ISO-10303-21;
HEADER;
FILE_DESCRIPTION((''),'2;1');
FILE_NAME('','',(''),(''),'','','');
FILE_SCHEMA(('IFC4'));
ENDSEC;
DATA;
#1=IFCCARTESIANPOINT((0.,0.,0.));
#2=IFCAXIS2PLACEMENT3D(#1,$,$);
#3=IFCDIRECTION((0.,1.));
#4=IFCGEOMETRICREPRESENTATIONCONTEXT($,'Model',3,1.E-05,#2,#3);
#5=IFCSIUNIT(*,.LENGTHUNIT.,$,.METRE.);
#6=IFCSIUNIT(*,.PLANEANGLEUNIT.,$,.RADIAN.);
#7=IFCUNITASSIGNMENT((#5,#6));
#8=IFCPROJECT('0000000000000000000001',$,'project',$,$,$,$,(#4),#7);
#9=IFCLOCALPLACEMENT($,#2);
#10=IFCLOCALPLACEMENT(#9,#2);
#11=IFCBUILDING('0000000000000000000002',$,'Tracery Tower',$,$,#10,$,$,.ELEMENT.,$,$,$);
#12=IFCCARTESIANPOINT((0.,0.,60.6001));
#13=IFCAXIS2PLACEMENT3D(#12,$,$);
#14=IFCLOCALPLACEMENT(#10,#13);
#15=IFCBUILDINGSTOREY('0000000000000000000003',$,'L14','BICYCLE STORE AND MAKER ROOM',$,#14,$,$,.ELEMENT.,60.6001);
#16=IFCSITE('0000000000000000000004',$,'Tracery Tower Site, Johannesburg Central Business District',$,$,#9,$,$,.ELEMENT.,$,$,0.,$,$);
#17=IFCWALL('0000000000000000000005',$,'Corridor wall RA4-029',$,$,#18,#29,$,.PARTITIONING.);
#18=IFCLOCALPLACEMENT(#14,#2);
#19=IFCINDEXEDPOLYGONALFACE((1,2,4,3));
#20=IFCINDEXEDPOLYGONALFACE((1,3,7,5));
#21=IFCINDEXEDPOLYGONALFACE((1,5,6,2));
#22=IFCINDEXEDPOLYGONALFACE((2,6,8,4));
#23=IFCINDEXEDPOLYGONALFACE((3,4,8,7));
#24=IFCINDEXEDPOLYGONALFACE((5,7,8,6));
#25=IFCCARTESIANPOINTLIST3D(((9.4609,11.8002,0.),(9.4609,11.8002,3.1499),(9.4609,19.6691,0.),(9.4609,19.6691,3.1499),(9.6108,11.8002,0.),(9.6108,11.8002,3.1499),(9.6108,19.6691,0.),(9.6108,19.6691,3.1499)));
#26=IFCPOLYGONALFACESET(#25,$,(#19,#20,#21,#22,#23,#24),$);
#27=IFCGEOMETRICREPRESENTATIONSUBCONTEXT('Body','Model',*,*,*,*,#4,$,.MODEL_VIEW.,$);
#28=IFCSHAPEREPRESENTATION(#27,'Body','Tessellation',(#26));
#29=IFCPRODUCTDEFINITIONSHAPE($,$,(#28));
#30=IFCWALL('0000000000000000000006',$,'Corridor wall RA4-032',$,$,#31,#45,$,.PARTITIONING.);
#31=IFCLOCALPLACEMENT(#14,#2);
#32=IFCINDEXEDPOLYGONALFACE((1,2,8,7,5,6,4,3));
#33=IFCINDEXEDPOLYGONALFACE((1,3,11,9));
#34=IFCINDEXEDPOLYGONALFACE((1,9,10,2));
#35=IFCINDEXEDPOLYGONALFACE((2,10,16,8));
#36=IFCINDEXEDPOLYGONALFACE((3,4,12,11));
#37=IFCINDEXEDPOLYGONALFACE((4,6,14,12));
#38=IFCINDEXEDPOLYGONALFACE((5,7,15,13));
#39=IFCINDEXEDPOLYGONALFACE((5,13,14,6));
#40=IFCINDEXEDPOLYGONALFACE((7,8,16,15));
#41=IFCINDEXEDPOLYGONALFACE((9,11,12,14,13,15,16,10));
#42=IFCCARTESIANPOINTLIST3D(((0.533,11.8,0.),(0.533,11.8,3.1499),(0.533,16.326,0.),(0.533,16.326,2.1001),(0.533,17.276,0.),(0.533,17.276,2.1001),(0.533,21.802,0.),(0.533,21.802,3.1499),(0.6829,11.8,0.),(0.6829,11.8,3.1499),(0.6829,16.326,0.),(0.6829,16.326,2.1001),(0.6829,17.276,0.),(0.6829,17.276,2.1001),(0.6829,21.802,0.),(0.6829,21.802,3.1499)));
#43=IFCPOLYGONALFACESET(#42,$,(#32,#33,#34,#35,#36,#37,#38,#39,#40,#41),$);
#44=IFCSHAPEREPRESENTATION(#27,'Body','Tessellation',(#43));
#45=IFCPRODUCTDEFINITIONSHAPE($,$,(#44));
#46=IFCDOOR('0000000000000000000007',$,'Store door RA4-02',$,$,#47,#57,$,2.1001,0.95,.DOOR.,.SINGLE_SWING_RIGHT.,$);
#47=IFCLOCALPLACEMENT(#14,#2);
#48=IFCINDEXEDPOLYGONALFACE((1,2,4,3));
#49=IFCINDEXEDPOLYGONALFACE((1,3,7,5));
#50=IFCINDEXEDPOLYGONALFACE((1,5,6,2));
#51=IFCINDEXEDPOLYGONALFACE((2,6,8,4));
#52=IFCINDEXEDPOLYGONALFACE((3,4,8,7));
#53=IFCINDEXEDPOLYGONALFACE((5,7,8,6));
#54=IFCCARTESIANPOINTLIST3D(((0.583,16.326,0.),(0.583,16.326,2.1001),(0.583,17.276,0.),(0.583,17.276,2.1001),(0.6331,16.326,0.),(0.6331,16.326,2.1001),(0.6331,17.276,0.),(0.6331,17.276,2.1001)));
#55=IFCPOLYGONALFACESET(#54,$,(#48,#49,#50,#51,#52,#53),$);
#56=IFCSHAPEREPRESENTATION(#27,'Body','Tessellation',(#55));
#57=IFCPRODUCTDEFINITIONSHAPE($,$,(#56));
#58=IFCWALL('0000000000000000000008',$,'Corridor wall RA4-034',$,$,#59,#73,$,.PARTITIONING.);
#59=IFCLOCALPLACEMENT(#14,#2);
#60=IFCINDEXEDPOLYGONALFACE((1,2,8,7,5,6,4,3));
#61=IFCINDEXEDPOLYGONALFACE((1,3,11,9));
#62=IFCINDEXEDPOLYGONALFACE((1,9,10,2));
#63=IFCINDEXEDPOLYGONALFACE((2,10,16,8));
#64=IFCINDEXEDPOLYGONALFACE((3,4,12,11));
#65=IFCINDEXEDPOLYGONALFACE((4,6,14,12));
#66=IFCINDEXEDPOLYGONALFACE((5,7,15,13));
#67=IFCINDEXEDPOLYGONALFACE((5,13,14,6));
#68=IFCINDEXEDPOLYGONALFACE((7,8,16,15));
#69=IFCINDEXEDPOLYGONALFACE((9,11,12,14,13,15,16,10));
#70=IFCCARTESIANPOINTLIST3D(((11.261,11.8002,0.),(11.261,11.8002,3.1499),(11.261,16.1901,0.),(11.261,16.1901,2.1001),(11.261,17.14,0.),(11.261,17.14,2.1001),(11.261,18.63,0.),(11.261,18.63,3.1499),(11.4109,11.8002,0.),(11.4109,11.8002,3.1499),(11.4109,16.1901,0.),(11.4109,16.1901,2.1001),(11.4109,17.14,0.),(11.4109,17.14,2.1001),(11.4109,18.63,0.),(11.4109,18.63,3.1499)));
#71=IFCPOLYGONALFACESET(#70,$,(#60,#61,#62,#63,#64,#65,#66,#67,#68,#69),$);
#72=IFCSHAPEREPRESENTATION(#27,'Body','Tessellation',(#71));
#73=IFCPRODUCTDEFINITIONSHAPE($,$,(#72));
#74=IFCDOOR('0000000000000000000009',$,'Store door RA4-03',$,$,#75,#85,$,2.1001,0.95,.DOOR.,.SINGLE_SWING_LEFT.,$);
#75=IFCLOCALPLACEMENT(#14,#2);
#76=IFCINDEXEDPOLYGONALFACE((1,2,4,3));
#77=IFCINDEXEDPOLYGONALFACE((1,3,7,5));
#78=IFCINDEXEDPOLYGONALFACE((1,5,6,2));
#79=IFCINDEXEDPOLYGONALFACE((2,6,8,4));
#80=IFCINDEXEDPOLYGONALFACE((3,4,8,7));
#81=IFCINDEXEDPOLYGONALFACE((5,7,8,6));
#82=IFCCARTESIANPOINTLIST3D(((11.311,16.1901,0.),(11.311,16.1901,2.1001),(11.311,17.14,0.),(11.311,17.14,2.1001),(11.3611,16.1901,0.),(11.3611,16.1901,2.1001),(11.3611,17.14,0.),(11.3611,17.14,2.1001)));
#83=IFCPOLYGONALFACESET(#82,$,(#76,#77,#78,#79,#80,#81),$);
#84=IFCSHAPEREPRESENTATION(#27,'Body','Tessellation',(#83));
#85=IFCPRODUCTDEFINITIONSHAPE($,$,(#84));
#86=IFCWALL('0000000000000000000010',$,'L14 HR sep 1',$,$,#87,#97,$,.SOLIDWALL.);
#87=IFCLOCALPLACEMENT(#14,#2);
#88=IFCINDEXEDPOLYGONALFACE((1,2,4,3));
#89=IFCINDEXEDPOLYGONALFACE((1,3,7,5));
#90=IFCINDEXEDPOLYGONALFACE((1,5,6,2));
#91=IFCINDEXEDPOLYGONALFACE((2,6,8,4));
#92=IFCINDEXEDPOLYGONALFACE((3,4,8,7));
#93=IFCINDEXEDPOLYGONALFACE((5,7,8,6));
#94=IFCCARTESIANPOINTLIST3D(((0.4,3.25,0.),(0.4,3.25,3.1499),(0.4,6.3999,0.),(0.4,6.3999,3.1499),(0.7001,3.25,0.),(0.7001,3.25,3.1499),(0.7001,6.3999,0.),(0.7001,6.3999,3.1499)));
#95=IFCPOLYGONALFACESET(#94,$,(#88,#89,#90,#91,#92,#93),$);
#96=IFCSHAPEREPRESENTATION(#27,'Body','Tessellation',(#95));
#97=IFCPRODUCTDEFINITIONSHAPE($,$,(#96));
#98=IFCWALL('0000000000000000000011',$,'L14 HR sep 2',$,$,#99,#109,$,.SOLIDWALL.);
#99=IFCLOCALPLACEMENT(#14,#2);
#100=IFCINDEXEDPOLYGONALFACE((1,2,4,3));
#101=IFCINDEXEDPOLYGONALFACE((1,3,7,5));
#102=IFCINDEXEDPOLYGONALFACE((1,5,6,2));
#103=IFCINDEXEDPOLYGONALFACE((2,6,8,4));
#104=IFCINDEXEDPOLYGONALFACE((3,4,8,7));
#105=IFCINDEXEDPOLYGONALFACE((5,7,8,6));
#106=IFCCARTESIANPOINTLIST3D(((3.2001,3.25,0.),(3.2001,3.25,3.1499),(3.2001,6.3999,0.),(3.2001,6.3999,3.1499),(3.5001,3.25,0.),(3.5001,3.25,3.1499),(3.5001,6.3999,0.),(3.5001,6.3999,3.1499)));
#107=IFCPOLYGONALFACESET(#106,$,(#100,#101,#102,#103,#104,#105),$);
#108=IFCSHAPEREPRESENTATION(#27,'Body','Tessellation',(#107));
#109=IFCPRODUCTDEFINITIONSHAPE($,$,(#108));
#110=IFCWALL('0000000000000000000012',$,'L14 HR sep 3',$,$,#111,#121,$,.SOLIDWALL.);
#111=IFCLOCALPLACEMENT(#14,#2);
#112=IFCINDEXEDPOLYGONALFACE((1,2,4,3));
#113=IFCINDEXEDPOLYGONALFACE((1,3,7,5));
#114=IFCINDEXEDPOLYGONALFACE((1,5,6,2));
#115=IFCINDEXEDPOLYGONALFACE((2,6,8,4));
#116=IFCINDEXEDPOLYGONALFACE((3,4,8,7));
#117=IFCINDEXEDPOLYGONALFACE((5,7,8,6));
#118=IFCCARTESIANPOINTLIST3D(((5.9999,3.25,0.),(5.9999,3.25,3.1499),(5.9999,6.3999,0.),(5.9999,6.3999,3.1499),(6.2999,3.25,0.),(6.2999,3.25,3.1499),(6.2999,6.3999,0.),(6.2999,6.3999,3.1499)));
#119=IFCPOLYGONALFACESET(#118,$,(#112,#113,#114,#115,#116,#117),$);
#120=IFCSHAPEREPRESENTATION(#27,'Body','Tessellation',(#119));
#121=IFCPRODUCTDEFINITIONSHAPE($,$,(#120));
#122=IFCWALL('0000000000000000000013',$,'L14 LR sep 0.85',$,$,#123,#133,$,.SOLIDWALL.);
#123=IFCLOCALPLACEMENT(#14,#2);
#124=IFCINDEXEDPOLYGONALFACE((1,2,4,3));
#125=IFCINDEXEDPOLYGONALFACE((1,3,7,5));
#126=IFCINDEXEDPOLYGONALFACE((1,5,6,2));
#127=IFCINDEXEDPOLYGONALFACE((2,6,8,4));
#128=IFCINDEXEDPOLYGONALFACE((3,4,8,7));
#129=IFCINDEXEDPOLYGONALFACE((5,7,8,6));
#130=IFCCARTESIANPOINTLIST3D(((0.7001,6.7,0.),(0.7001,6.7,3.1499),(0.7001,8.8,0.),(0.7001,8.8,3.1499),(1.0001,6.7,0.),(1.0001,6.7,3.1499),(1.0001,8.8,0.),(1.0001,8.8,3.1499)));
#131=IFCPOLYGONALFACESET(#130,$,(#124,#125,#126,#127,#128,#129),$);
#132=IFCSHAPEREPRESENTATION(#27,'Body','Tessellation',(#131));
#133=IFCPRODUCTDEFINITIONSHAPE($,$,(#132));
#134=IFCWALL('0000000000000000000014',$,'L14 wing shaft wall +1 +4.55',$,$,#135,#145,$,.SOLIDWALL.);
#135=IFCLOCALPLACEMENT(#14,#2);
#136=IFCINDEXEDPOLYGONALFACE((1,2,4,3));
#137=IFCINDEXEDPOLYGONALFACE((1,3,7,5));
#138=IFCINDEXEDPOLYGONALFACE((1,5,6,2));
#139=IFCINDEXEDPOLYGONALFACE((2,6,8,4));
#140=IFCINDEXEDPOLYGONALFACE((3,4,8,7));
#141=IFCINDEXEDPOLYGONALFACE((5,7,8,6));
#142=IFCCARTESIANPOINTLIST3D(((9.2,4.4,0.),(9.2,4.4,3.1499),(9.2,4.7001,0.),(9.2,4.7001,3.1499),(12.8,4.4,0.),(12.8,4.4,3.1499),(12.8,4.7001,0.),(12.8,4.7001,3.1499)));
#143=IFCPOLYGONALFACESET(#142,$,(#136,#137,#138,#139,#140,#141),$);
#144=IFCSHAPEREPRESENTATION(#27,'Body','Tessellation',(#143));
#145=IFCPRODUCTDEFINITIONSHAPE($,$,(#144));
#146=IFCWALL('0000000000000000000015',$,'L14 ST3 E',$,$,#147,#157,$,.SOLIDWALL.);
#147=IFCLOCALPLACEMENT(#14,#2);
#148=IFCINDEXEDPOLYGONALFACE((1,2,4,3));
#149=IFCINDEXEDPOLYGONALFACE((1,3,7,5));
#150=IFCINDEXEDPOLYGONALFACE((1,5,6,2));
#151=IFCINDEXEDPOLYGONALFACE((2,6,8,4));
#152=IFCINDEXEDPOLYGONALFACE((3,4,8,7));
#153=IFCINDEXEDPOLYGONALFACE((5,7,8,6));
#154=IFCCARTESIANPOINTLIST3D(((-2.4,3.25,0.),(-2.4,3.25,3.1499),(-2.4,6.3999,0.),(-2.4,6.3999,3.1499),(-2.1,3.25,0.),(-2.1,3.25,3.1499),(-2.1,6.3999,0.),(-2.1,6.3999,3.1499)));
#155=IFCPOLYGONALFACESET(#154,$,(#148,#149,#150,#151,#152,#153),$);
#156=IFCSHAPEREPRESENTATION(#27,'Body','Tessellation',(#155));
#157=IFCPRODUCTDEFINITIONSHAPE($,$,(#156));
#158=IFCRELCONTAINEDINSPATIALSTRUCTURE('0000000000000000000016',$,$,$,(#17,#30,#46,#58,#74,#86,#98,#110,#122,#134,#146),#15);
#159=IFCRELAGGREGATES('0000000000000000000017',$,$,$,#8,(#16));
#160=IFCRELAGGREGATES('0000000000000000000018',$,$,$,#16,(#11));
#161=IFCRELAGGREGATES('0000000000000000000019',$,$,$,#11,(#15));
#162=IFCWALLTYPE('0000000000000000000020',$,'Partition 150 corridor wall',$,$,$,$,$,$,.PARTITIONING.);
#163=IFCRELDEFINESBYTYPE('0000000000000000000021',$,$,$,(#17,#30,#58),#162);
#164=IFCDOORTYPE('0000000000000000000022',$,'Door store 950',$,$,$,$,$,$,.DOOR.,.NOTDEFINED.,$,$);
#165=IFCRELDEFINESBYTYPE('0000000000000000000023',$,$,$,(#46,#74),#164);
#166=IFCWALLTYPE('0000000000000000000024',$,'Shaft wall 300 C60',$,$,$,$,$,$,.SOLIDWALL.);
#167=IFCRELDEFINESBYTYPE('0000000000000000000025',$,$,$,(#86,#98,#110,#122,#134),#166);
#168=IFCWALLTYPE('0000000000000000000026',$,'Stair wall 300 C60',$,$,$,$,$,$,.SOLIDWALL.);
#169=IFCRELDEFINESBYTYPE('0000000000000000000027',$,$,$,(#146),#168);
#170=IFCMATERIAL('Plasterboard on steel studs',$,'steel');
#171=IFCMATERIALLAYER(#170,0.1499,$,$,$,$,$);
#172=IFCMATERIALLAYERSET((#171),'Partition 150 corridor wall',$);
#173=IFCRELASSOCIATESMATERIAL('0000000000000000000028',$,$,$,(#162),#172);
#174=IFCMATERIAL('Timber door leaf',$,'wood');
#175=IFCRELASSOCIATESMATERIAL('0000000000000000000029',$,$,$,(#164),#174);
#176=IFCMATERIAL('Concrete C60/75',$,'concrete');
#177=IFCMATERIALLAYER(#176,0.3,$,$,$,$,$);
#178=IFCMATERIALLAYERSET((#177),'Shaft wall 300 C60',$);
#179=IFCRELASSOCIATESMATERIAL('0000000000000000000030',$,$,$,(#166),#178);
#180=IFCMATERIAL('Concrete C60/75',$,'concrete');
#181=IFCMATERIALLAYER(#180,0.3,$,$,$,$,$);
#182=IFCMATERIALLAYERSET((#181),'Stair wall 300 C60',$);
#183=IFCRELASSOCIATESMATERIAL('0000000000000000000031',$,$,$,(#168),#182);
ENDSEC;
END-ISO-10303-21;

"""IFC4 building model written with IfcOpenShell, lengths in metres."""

from ifc_helpers import new_model, si_unit, direction, frame, frame_2d, origin, place, context, subcontext, project, spatial, rectangle, extrude, material, layer, layer_set, type_object, element, fill, save


model = new_model("IFC4")

# Units and contexts
model_context = context("Model", 3, precision=1e-05, world=origin(), true_north=direction((0.0, 1.0)))
body_context = subcontext(model_context, "Body", "Model", "MODEL_VIEW")
ifc_project = project(units=[si_unit("LENGTHUNIT", "METRE"), si_unit("PLANEANGLEUNIT", "RADIAN")], contexts=[model_context])

# Site, building, storey
site_placement = place(None, origin())
site = spatial("IfcSite", under=ifc_project, at=site_placement, Name="Tracery Tower Site, Johannesburg Central Business District", CompositionType="ELEMENT", RefElevation=0.0)
building_placement = place(site_placement, origin())
building = spatial("IfcBuilding", under=site, at=building_placement, Name="Tracery Tower", CompositionType="ELEMENT")
storey_placement = place(building_placement, frame((0.0, 0.0, 60.6001)))
storey = spatial("IfcBuildingStorey", under=building, at=storey_placement, Name="L14", Description="BICYCLE STORE AND MAKER ROOM", CompositionType="ELEMENT", Elevation=60.6001)

# Wall
ifc_material_1 = material(Name="Plasterboard on steel studs", Category="steel")
ifc_layer_1 = layer(ifc_material_1, 0.1499)
ifc_layer_set_1 = layer_set([ifc_layer_1], Name="Partition 150 corridor wall")
wall_type_1 = type_object("IfcWallType", Name="Partition 150 corridor wall", PredefinedType="PARTITIONING", material=ifc_layer_set_1)
wall_1_placement = place(storey_placement, frame((9.5359, 11.8, 0.0), z_axis=(0.0, 0.0, 1.0), x_axis=(0.0, 1.0, 0.0)))
element("IfcWall", 1, at=wall_1_placement, inside=storey, type_object=wall_type_1, Name="Corridor wall RA4-029", PredefinedType="PARTITIONING", context=body_context, shape_type="SweptSolid", body=[
    extrude(rectangle(XDim=7.8689, YDim=0.1499, at=frame_2d((3.9346, 0.0))), origin(), (0.0, 0.0, 1.0), 3.1499),
])

# Walls, openings, doors
wall_2_placement = place(storey_placement, frame((0.6079, 11.8, 0.0), z_axis=(0.0, 0.0, 1.0), x_axis=(0.0, 1.0, 0.0)))
wall_2 = element("IfcWall", 2, at=wall_2_placement, inside=storey, type_object=wall_type_1, Name="Corridor wall RA4-032", PredefinedType="PARTITIONING", context=body_context, shape_type="SweptSolid", body=[
    extrude(rectangle(XDim=10.002, YDim=0.1499, at=frame_2d((5.001, 0.0))), origin(), (0.0, 0.0, 1.0), 3.1499),
])
opening_1_placement = place(wall_2_placement, frame((4.5259, 0.0, 0.0)))
opening_1 = element("IfcOpeningElement", 3, at=opening_1_placement, cuts=wall_2, PredefinedType="OPENING", context=body_context, shape_type="SweptSolid", body=[
    extrude(rectangle(XDim=0.95, YDim=2.1001, at=frame_2d((0.4751, 1.05))), frame((0.0, 0.075, 0.0), z_axis=(0.0, -1.0, 0.0), x_axis=(1.0, 0.0, 0.0)), (0.0, 0.0, 1.0), 0.1499),
])
ifc_material_2 = material(Name="Timber door leaf", Category="wood")
door_type_1 = type_object("IfcDoorType", Name="Door store 950", OperationType="NOTDEFINED", PredefinedType="DOOR", material=ifc_material_2)
door_1_placement = place(opening_1_placement, origin())
door_1 = element("IfcDoor", 4, at=door_1_placement, inside=storey, type_object=door_type_1, Name="Store door RA4-02", OperationType="SINGLE_SWING_RIGHT", OverallHeight=2.1001, OverallWidth=0.95, PredefinedType="DOOR", context=body_context, shape_type="SweptSolid", body=[
    extrude(rectangle(XDim=0.95, YDim=2.1001, at=frame_2d((0.4751, 1.05))), frame((0.0, 0.0249, 0.0), z_axis=(0.0, -1.0, 0.0), x_axis=(1.0, 0.0, 0.0)), (0.0, 0.0, 1.0), 0.05),
])
fill(opening_1, door_1)
wall_3_placement = place(storey_placement, frame((11.3359, 11.8, 0.0), z_axis=(0.0, 0.0, 1.0), x_axis=(0.0, 1.0, 0.0)))
wall_3 = element("IfcWall", 5, at=wall_3_placement, inside=storey, type_object=wall_type_1, Name="Corridor wall RA4-034", PredefinedType="PARTITIONING", context=body_context, shape_type="SweptSolid", body=[
    extrude(rectangle(XDim=6.8298, YDim=0.1499, at=frame_2d((3.415, 0.0))), origin(), (0.0, 0.0, 1.0), 3.1499),
])
opening_2_placement = place(wall_3_placement, frame((4.3899, 0.0, 0.0)))
opening_2 = element("IfcOpeningElement", 6, at=opening_2_placement, cuts=wall_3, PredefinedType="OPENING", context=body_context, shape_type="SweptSolid", body=[
    extrude(rectangle(XDim=0.95, YDim=2.1001, at=frame_2d((0.4751, 1.05))), frame((0.0, 0.075, 0.0), z_axis=(0.0, -1.0, 0.0), x_axis=(1.0, 0.0, 0.0)), (0.0, 0.0, 1.0), 0.1499),
])
door_2_placement = place(opening_2_placement, origin())
door_2 = element("IfcDoor", 7, at=door_2_placement, inside=storey, type_object=door_type_1, Name="Store door RA4-03", OperationType="SINGLE_SWING_LEFT", OverallHeight=2.1001, OverallWidth=0.95, PredefinedType="DOOR", context=body_context, shape_type="SweptSolid", body=[
    extrude(rectangle(XDim=0.95, YDim=2.1001, at=frame_2d((0.4751, 1.05))), frame((0.0, 0.0249, 0.0), z_axis=(0.0, -1.0, 0.0), x_axis=(1.0, 0.0, 0.0)), (0.0, 0.0, 1.0), 0.05),
])
fill(opening_2, door_2)

# Walls
ifc_material_3 = material(Name="Concrete C60/75", Category="concrete")
ifc_layer_2 = layer(ifc_material_3, 0.3)
ifc_layer_set_2 = layer_set([ifc_layer_2], Name="Shaft wall 300 C60")
wall_type_2 = type_object("IfcWallType", Name="Shaft wall 300 C60", PredefinedType="SOLIDWALL", material=ifc_layer_set_2)
for number, where, z_axis, x_axis, name in (
    (8, (0.55, 3.25, 0.0), (0.0, 0.0, 1.0), (0.0, 1.0, 0.0), "L14 HR sep 1"),
    (9, (3.3501, 3.25, 0.0), (0.0, 0.0, 1.0), (0.0, 1.0, 0.0), "L14 HR sep 2"),
    (10, (6.1499, 3.25, 0.0), (0.0, 0.0, 1.0), (0.0, 1.0, 0.0), "L14 HR sep 3"),
):
    element("IfcWall", number, at=place(storey_placement, frame(where, z_axis=z_axis, x_axis=x_axis)), inside=storey, type_object=wall_type_2, Name=name, PredefinedType="SOLIDWALL", context=body_context, shape_type="SweptSolid", body=[
        extrude(rectangle(XDim=3.1499, YDim=0.3, at=frame_2d((1.575, 0.0))), origin(), (0.0, 0.0, 1.0), 3.1499),
    ])
wall_4_placement = place(storey_placement, frame((0.8501, 6.7, 0.0), z_axis=(0.0, 0.0, 1.0), x_axis=(0.0, 1.0, 0.0)))
element("IfcWall", 11, at=wall_4_placement, inside=storey, type_object=wall_type_2, Name="L14 LR sep 0.85", PredefinedType="SOLIDWALL", context=body_context, shape_type="SweptSolid", body=[
    extrude(rectangle(XDim=2.1001, YDim=0.3, at=frame_2d((1.05, 0.0))), origin(), (0.0, 0.0, 1.0), 3.1499),
])
wall_5_placement = place(storey_placement, frame((9.2, 4.55, 0.0), z_axis=(0.0, 0.0, 1.0), x_axis=(1.0, 0.0, 0.0)))
element("IfcWall", 12, at=wall_5_placement, inside=storey, type_object=wall_type_2, Name="L14 wing shaft wall +1 +4.55", PredefinedType="SOLIDWALL", context=body_context, shape_type="SweptSolid", body=[
    extrude(rectangle(XDim=3.6001, YDim=0.3, at=frame_2d((1.8, 0.0))), origin(), (0.0, 0.0, 1.0), 3.1499),
])
ifc_material_4 = material(Name="Concrete C60/75", Category="concrete")
ifc_layer_3 = layer(ifc_material_4, 0.3)
ifc_layer_set_3 = layer_set([ifc_layer_3], Name="Stair wall 300 C60")
wall_type_3 = type_object("IfcWallType", Name="Stair wall 300 C60", PredefinedType="SOLIDWALL", material=ifc_layer_set_3)
wall_6_placement = place(storey_placement, frame((-2.25, 3.25, 0.0), z_axis=(0.0, 0.0, 1.0), x_axis=(0.0, 1.0, 0.0)))
element("IfcWall", 13, at=wall_6_placement, inside=storey, type_object=wall_type_3, Name="L14 ST3 E", PredefinedType="SOLIDWALL", context=body_context, shape_type="SweptSolid", body=[
    extrude(rectangle(XDim=3.1499, YDim=0.3, at=frame_2d((1.575, 0.0))), origin(), (0.0, 0.0, 1.0), 3.1499),
])

save(model, "model.ifc")
